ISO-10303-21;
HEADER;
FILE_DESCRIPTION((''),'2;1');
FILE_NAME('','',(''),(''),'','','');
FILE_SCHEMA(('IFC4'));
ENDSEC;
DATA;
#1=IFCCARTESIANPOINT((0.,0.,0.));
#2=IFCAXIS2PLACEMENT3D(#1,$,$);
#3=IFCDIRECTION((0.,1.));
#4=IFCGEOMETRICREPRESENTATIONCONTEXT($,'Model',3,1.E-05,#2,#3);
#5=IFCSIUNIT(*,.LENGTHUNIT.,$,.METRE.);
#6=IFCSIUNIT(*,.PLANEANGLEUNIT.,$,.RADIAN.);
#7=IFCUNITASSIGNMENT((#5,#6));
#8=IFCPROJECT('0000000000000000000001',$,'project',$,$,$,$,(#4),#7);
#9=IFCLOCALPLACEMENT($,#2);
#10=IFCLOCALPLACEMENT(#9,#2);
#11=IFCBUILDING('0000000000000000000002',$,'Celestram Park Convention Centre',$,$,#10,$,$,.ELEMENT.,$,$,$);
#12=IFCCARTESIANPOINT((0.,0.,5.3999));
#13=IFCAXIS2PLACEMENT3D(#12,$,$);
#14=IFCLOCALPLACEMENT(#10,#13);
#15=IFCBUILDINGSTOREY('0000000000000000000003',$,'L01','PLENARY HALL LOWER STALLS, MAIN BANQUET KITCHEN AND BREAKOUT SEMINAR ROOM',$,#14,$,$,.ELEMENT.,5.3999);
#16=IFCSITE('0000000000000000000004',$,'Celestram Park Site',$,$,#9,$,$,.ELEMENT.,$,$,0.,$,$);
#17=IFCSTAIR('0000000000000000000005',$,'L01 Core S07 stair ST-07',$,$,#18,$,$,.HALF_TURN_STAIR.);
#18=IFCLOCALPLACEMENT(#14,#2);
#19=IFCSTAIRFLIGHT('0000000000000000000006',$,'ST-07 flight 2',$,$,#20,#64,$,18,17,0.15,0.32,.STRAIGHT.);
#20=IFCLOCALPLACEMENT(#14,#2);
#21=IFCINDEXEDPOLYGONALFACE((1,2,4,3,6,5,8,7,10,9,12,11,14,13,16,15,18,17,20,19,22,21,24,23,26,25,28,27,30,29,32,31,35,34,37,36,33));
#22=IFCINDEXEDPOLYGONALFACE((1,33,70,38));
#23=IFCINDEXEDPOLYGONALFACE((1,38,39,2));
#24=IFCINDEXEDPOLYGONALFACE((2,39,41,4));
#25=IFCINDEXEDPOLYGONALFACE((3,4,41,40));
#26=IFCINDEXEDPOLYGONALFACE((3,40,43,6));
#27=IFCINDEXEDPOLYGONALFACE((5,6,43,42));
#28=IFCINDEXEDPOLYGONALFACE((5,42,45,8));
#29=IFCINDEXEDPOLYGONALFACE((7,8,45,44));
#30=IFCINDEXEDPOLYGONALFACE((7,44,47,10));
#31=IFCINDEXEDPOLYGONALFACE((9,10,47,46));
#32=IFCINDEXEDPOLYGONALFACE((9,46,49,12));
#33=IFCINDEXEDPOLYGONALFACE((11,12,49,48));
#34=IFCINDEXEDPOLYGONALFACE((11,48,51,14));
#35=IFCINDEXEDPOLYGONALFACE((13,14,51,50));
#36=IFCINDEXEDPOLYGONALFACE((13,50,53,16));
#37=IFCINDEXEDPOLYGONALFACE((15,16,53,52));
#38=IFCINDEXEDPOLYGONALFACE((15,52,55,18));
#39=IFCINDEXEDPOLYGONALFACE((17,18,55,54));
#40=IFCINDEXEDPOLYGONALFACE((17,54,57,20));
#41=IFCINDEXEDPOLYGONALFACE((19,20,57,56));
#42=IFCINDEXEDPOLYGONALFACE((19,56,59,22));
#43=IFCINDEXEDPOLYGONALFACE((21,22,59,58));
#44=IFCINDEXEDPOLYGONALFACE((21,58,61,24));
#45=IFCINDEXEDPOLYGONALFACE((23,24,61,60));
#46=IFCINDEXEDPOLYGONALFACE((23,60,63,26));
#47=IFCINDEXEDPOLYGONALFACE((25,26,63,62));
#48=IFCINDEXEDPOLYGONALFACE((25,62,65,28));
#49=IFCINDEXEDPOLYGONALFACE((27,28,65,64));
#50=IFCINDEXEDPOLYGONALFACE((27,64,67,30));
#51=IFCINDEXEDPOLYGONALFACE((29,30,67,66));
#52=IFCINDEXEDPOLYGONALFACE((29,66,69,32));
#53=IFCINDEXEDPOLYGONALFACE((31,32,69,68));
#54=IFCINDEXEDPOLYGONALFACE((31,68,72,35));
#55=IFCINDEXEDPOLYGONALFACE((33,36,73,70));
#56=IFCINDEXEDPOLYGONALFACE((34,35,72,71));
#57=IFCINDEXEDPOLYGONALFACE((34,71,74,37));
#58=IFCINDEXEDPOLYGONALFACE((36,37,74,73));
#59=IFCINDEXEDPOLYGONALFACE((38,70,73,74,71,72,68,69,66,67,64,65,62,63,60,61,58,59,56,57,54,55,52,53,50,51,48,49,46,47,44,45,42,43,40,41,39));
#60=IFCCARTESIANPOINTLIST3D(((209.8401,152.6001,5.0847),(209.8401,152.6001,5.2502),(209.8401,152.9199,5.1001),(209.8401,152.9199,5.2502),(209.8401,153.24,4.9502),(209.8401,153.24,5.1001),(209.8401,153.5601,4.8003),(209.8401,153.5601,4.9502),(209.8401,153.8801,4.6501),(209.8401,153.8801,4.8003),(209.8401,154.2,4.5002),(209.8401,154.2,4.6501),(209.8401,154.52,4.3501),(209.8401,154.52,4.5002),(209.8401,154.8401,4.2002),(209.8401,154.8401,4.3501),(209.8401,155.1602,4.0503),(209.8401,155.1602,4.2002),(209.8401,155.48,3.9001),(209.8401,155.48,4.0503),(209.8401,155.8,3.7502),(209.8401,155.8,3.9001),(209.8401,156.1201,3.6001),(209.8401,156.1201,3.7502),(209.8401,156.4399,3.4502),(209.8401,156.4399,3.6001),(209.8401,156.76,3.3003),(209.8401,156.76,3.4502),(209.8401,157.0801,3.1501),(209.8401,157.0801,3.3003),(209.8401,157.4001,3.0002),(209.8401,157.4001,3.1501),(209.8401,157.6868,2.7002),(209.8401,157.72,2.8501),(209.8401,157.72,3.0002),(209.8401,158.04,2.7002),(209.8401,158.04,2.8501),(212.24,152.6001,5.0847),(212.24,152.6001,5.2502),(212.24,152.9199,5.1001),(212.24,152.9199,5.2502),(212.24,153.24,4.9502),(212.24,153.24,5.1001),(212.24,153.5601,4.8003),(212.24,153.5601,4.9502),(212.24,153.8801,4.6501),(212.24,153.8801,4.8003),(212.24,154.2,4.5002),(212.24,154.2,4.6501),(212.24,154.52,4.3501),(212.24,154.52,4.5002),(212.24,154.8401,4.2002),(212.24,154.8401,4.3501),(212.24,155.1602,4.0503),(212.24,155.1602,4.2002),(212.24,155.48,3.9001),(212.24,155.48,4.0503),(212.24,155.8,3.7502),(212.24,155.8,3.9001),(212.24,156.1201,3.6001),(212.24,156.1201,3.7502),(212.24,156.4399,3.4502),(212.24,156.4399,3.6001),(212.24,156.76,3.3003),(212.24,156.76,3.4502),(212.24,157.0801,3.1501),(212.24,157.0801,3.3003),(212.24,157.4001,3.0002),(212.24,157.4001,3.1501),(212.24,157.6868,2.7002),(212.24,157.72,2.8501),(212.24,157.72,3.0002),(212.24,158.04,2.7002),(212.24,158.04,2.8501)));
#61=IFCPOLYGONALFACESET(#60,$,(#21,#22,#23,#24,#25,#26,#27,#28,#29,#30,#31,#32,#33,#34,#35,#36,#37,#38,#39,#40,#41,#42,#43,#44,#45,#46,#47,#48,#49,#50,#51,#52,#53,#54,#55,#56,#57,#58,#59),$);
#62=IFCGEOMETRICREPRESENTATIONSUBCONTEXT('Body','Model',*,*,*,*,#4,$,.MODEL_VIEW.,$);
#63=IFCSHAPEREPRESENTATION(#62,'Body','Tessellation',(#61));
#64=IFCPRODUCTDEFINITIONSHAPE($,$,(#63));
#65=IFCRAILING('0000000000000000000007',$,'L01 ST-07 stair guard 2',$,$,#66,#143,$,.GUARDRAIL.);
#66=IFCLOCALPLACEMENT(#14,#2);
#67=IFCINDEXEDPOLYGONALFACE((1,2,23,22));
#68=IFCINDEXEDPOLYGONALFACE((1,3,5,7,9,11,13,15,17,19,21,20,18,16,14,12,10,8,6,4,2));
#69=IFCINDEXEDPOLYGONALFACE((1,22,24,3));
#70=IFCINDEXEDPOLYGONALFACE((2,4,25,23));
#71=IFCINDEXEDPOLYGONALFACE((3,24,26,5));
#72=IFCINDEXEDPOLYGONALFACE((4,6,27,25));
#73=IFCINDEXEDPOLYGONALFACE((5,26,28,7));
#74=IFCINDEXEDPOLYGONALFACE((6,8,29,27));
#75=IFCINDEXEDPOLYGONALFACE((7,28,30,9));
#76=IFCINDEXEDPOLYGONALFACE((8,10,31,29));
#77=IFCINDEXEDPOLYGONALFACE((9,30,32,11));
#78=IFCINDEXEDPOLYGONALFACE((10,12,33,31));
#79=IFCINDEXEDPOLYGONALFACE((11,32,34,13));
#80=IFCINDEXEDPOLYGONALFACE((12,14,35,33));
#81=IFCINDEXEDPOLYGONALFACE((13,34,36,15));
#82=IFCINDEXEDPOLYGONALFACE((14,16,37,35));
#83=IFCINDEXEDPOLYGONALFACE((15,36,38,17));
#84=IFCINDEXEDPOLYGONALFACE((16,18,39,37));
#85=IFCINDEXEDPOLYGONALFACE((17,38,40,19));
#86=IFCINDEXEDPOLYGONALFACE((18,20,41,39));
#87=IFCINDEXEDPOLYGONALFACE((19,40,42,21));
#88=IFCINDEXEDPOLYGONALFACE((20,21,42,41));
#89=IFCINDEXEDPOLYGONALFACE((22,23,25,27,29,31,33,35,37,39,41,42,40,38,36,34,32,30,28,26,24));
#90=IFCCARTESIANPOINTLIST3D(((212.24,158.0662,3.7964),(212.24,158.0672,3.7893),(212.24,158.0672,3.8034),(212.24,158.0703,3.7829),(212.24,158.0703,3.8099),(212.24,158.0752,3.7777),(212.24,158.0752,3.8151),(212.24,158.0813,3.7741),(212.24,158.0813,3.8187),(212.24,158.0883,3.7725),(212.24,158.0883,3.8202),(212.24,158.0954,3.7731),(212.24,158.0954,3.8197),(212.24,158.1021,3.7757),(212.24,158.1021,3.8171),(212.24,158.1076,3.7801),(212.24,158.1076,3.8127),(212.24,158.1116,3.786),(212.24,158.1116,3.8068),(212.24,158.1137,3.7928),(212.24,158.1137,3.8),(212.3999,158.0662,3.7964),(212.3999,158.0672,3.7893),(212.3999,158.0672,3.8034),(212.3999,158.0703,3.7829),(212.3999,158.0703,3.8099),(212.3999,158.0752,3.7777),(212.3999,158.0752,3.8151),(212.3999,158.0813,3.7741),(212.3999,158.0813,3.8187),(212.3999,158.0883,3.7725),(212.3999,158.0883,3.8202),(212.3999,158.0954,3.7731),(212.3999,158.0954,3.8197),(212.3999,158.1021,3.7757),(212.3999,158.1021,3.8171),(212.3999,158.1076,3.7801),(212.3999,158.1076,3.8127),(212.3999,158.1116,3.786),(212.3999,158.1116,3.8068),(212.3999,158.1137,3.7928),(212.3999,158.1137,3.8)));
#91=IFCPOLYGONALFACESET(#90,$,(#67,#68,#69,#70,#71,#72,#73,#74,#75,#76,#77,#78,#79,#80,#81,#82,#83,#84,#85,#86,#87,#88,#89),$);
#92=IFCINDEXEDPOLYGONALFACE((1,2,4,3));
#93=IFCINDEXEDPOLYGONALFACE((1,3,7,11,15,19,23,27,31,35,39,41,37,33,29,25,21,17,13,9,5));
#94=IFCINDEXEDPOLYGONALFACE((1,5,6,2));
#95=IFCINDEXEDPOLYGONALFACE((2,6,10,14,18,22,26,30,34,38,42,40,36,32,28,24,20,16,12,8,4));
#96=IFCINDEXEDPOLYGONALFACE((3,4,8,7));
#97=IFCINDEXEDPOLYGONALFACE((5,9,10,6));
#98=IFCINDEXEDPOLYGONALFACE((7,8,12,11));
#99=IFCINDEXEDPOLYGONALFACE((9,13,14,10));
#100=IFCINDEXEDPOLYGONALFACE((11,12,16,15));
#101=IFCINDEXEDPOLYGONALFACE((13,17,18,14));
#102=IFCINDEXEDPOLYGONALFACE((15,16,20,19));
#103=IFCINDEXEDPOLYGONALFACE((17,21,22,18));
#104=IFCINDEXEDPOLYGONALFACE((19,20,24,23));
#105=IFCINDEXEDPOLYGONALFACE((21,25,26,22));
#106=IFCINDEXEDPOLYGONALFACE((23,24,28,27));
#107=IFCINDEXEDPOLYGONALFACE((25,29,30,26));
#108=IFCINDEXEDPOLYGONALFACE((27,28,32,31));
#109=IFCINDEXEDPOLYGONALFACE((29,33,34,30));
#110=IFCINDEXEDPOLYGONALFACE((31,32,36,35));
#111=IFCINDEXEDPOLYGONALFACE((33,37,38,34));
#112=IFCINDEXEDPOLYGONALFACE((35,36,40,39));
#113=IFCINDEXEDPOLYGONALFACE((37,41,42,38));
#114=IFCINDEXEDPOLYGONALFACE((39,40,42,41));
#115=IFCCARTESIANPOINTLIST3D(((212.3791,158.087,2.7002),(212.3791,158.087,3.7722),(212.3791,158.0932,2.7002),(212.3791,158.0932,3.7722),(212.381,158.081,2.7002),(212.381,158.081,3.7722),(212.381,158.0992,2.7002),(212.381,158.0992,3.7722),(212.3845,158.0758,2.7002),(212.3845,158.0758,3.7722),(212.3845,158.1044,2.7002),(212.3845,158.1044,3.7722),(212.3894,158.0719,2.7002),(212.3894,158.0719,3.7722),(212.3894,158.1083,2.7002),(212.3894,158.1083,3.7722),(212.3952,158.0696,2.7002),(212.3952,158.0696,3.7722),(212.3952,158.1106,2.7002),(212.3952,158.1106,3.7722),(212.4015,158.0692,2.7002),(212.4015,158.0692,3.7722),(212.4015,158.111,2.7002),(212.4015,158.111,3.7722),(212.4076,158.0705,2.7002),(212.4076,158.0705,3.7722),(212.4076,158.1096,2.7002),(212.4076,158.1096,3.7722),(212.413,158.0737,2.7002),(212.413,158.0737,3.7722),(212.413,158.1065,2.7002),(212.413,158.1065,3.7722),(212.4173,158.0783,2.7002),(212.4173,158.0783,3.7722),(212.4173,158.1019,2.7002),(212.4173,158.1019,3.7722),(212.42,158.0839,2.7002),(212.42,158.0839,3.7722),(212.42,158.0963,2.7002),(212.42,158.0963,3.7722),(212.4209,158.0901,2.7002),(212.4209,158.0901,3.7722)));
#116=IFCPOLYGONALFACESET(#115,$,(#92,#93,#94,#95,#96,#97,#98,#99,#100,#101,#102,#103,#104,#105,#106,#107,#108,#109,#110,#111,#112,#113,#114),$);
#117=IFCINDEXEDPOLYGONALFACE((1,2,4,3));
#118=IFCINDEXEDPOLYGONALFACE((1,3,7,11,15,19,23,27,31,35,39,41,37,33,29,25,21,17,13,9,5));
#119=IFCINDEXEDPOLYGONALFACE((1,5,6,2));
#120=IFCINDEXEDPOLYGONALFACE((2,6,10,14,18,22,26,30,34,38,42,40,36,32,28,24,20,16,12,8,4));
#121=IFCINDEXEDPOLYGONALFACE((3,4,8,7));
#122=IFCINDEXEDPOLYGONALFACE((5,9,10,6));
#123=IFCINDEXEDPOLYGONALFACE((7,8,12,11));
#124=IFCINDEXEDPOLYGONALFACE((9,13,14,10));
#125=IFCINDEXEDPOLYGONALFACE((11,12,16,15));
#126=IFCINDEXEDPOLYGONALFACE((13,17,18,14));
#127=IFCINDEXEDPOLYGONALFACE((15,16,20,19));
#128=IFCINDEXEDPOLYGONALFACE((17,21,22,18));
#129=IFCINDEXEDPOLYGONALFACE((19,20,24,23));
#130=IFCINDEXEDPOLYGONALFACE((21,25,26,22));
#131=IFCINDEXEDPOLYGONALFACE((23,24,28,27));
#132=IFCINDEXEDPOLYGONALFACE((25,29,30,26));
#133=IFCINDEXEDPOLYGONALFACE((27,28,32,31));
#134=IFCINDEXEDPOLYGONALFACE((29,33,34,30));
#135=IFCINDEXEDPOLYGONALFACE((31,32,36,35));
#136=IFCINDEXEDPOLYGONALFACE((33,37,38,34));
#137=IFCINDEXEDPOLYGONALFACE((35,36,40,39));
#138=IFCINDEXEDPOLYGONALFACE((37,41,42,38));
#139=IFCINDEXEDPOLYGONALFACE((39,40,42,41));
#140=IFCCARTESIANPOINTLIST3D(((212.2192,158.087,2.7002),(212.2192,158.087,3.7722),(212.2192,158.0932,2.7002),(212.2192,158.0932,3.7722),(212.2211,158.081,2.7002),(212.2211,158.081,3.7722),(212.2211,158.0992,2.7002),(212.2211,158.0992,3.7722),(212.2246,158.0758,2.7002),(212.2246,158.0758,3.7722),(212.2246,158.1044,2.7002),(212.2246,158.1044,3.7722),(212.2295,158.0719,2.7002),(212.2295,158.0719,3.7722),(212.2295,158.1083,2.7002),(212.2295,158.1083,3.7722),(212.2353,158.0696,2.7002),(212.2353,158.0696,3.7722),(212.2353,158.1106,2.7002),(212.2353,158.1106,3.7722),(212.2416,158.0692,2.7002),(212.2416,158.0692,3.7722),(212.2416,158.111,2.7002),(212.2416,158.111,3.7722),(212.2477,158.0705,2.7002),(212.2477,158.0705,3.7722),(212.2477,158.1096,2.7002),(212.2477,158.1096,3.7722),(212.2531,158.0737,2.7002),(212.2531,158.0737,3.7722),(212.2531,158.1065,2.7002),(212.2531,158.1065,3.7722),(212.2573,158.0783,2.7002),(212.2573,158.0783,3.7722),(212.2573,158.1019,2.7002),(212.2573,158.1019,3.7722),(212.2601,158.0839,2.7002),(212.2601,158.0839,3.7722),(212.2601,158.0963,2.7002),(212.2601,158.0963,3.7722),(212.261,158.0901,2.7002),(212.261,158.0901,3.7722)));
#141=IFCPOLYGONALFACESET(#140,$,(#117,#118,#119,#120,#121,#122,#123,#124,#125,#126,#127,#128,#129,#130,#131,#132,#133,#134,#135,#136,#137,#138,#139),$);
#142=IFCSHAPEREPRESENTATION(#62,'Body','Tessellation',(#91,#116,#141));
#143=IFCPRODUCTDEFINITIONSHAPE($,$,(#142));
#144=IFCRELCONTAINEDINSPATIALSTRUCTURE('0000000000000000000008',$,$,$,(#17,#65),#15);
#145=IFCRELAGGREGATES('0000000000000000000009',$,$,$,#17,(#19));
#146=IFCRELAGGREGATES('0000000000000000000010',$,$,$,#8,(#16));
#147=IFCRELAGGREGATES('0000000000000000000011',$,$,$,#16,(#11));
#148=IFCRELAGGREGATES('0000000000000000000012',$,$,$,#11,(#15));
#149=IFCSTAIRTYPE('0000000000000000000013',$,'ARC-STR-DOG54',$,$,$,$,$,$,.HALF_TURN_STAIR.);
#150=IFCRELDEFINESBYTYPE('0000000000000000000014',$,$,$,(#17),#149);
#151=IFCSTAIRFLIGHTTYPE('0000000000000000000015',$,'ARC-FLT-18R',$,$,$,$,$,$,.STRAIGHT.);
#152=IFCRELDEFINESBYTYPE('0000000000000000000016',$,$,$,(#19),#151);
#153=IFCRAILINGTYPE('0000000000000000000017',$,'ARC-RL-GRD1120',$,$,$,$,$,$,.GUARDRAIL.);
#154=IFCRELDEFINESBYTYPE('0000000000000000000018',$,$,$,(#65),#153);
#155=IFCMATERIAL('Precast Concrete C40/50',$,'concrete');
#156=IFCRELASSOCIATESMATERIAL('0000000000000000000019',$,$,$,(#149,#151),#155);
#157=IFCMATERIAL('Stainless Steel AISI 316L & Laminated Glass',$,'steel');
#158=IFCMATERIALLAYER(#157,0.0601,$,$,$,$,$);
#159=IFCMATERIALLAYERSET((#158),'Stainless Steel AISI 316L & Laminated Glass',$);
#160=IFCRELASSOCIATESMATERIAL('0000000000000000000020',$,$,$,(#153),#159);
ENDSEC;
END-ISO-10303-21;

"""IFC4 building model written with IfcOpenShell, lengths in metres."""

from ifc_helpers import new_model, si_unit, direction, frame, origin, origin_2d, place, context, subcontext, project, spatial, polyline, circle, outline, extrude, material, layer, layer_set, type_object, element, aggregate, save


model = new_model("IFC4")

# Units and contexts
model_context = context("Model", 3, precision=1e-05, world=origin(), true_north=direction((0.0, 1.0)))
body_context = subcontext(model_context, "Body", "Model", "MODEL_VIEW")
ifc_project = project(units=[si_unit("LENGTHUNIT", "METRE"), si_unit("PLANEANGLEUNIT", "RADIAN")], contexts=[model_context])

# Site, building, storey
site_placement = place(None, origin())
site = spatial("IfcSite", under=ifc_project, at=site_placement, Name="Celestram Park Site", CompositionType="ELEMENT", RefElevation=0.0)
building_placement = place(site_placement, origin())
building = spatial("IfcBuilding", under=site, at=building_placement, Name="Celestram Park Convention Centre", CompositionType="ELEMENT")
storey_placement = place(building_placement, frame((0.0, 0.0, 5.3999)))
storey = spatial("IfcBuildingStorey", under=building, at=storey_placement, Name="L01", Description="PLENARY HALL LOWER STALLS, MAIN BANQUET KITCHEN AND BREAKOUT SEMINAR ROOM", CompositionType="ELEMENT", Elevation=5.3999)

# Stair, stair flight
ifc_material_1 = material(Name="Precast Concrete C40/50", Category="concrete")
stair_type = type_object("IfcStairType", Name="ARC-STR-DOG54", PredefinedType="HALF_TURN_STAIR", material=ifc_material_1)
stair_placement = place(storey_placement, origin())
stair = element("IfcStair", 1, at=stair_placement, inside=storey, type_object=stair_type, Name="L01 Core S07 stair ST-07", PredefinedType="HALF_TURN_STAIR")
stair_flight_type = type_object("IfcStairFlightType", Name="ARC-FLT-18R", PredefinedType="STRAIGHT", material=ifc_material_1)
stair_flight_1_placement = place(storey_placement, frame((211.04, 158.04, 2.7002), z_axis=(0.0, 0.0, 1.0), x_axis=(0.0, -1.0, 0.0)))
stair_flight_1 = element("IfcStairFlight", 2, at=stair_flight_1_placement, type_object=stair_flight_type, Name="ST-07 flight 2", NumberOfRisers=18, NumberOfTreads=17, PredefinedType="STRAIGHT", RiserHeight=0.15, TreadLength=0.32, context=body_context, shape_type="SweptSolid", body=[
    extrude(outline(polyline([(0.0, 0.0), (0.0, 0.1499), (0.3201, 0.1499), (0.3201, 0.3), (0.6399, 0.3), (0.6399, 0.45), (0.96, 0.45), (0.96, 0.6001), (1.28, 0.6001), (1.28, 0.75), (1.6001, 0.75), (1.6001, 0.8999), (1.9199, 0.8999), (1.9199, 1.05), (2.24, 1.05), (2.24, 1.2), (2.5601, 1.2), (2.5601, 1.3501), (2.8799, 1.3501), (2.8799, 1.5), (3.2, 1.5), (3.2, 1.6499), (3.52, 1.6499), (3.52, 1.8), (3.8401, 1.8), (3.8401, 1.95), (4.1599, 1.95), (4.1599, 2.1001), (4.48, 2.1001), (4.48, 2.25), (4.8, 2.25), (4.8, 2.3999), (5.1201, 2.3999), (5.1201, 2.55), (5.4399, 2.55), (5.4399, 2.7), (5.4399, 2.3845), (0.3533, 0.0), (0.0, 0.0)])), frame((0.0, 1.2, 0.0), z_axis=(0.0, -1.0, 0.0), x_axis=(1.0, 0.0, 0.0)), (0.0, 0.0, 1.0), 2.3999),
])
aggregate(stair, [stair_flight_1])

# Railing
ifc_material_2 = material(Name="Stainless Steel AISI 316L & Laminated Glass", Category="steel")
ifc_layer_1 = layer(ifc_material_2, 0.0601)
ifc_layer_set_1 = layer_set([ifc_layer_1], Name="Stainless Steel AISI 316L & Laminated Glass")
railing_type_1 = type_object("IfcRailingType", Name="ARC-RL-GRD1120", PredefinedType="GUARDRAIL", material=ifc_layer_set_1)
railing_1_placement = place(storey_placement, frame((212.3999, 158.0901, 2.7002)))
element("IfcRailing", 3, at=railing_1_placement, inside=storey, type_object=railing_type_1, Name="L01 ST-07 stair guard 2", PredefinedType="GUARDRAIL", context=body_context, shape_type="SweptSolid", body=[
    extrude(circle(Radius=0.0239, at=origin_2d()), frame((0.0, 0.0, 1.0962), z_axis=(-1.0, 0.0, 0.0), x_axis=(0.0, -1.0, 0.0)), (0.0, 0.0, 1.0), 0.1599),
    extrude(circle(Radius=0.021, at=origin_2d()), origin(), (0.0, 0.0, 1.0), 1.072),
    extrude(circle(Radius=0.021, at=origin_2d()), frame((-0.1599, 0.0, 0.0)), (0.0, 0.0, 1.0), 1.072),
])

save(model, "model.ifc")
